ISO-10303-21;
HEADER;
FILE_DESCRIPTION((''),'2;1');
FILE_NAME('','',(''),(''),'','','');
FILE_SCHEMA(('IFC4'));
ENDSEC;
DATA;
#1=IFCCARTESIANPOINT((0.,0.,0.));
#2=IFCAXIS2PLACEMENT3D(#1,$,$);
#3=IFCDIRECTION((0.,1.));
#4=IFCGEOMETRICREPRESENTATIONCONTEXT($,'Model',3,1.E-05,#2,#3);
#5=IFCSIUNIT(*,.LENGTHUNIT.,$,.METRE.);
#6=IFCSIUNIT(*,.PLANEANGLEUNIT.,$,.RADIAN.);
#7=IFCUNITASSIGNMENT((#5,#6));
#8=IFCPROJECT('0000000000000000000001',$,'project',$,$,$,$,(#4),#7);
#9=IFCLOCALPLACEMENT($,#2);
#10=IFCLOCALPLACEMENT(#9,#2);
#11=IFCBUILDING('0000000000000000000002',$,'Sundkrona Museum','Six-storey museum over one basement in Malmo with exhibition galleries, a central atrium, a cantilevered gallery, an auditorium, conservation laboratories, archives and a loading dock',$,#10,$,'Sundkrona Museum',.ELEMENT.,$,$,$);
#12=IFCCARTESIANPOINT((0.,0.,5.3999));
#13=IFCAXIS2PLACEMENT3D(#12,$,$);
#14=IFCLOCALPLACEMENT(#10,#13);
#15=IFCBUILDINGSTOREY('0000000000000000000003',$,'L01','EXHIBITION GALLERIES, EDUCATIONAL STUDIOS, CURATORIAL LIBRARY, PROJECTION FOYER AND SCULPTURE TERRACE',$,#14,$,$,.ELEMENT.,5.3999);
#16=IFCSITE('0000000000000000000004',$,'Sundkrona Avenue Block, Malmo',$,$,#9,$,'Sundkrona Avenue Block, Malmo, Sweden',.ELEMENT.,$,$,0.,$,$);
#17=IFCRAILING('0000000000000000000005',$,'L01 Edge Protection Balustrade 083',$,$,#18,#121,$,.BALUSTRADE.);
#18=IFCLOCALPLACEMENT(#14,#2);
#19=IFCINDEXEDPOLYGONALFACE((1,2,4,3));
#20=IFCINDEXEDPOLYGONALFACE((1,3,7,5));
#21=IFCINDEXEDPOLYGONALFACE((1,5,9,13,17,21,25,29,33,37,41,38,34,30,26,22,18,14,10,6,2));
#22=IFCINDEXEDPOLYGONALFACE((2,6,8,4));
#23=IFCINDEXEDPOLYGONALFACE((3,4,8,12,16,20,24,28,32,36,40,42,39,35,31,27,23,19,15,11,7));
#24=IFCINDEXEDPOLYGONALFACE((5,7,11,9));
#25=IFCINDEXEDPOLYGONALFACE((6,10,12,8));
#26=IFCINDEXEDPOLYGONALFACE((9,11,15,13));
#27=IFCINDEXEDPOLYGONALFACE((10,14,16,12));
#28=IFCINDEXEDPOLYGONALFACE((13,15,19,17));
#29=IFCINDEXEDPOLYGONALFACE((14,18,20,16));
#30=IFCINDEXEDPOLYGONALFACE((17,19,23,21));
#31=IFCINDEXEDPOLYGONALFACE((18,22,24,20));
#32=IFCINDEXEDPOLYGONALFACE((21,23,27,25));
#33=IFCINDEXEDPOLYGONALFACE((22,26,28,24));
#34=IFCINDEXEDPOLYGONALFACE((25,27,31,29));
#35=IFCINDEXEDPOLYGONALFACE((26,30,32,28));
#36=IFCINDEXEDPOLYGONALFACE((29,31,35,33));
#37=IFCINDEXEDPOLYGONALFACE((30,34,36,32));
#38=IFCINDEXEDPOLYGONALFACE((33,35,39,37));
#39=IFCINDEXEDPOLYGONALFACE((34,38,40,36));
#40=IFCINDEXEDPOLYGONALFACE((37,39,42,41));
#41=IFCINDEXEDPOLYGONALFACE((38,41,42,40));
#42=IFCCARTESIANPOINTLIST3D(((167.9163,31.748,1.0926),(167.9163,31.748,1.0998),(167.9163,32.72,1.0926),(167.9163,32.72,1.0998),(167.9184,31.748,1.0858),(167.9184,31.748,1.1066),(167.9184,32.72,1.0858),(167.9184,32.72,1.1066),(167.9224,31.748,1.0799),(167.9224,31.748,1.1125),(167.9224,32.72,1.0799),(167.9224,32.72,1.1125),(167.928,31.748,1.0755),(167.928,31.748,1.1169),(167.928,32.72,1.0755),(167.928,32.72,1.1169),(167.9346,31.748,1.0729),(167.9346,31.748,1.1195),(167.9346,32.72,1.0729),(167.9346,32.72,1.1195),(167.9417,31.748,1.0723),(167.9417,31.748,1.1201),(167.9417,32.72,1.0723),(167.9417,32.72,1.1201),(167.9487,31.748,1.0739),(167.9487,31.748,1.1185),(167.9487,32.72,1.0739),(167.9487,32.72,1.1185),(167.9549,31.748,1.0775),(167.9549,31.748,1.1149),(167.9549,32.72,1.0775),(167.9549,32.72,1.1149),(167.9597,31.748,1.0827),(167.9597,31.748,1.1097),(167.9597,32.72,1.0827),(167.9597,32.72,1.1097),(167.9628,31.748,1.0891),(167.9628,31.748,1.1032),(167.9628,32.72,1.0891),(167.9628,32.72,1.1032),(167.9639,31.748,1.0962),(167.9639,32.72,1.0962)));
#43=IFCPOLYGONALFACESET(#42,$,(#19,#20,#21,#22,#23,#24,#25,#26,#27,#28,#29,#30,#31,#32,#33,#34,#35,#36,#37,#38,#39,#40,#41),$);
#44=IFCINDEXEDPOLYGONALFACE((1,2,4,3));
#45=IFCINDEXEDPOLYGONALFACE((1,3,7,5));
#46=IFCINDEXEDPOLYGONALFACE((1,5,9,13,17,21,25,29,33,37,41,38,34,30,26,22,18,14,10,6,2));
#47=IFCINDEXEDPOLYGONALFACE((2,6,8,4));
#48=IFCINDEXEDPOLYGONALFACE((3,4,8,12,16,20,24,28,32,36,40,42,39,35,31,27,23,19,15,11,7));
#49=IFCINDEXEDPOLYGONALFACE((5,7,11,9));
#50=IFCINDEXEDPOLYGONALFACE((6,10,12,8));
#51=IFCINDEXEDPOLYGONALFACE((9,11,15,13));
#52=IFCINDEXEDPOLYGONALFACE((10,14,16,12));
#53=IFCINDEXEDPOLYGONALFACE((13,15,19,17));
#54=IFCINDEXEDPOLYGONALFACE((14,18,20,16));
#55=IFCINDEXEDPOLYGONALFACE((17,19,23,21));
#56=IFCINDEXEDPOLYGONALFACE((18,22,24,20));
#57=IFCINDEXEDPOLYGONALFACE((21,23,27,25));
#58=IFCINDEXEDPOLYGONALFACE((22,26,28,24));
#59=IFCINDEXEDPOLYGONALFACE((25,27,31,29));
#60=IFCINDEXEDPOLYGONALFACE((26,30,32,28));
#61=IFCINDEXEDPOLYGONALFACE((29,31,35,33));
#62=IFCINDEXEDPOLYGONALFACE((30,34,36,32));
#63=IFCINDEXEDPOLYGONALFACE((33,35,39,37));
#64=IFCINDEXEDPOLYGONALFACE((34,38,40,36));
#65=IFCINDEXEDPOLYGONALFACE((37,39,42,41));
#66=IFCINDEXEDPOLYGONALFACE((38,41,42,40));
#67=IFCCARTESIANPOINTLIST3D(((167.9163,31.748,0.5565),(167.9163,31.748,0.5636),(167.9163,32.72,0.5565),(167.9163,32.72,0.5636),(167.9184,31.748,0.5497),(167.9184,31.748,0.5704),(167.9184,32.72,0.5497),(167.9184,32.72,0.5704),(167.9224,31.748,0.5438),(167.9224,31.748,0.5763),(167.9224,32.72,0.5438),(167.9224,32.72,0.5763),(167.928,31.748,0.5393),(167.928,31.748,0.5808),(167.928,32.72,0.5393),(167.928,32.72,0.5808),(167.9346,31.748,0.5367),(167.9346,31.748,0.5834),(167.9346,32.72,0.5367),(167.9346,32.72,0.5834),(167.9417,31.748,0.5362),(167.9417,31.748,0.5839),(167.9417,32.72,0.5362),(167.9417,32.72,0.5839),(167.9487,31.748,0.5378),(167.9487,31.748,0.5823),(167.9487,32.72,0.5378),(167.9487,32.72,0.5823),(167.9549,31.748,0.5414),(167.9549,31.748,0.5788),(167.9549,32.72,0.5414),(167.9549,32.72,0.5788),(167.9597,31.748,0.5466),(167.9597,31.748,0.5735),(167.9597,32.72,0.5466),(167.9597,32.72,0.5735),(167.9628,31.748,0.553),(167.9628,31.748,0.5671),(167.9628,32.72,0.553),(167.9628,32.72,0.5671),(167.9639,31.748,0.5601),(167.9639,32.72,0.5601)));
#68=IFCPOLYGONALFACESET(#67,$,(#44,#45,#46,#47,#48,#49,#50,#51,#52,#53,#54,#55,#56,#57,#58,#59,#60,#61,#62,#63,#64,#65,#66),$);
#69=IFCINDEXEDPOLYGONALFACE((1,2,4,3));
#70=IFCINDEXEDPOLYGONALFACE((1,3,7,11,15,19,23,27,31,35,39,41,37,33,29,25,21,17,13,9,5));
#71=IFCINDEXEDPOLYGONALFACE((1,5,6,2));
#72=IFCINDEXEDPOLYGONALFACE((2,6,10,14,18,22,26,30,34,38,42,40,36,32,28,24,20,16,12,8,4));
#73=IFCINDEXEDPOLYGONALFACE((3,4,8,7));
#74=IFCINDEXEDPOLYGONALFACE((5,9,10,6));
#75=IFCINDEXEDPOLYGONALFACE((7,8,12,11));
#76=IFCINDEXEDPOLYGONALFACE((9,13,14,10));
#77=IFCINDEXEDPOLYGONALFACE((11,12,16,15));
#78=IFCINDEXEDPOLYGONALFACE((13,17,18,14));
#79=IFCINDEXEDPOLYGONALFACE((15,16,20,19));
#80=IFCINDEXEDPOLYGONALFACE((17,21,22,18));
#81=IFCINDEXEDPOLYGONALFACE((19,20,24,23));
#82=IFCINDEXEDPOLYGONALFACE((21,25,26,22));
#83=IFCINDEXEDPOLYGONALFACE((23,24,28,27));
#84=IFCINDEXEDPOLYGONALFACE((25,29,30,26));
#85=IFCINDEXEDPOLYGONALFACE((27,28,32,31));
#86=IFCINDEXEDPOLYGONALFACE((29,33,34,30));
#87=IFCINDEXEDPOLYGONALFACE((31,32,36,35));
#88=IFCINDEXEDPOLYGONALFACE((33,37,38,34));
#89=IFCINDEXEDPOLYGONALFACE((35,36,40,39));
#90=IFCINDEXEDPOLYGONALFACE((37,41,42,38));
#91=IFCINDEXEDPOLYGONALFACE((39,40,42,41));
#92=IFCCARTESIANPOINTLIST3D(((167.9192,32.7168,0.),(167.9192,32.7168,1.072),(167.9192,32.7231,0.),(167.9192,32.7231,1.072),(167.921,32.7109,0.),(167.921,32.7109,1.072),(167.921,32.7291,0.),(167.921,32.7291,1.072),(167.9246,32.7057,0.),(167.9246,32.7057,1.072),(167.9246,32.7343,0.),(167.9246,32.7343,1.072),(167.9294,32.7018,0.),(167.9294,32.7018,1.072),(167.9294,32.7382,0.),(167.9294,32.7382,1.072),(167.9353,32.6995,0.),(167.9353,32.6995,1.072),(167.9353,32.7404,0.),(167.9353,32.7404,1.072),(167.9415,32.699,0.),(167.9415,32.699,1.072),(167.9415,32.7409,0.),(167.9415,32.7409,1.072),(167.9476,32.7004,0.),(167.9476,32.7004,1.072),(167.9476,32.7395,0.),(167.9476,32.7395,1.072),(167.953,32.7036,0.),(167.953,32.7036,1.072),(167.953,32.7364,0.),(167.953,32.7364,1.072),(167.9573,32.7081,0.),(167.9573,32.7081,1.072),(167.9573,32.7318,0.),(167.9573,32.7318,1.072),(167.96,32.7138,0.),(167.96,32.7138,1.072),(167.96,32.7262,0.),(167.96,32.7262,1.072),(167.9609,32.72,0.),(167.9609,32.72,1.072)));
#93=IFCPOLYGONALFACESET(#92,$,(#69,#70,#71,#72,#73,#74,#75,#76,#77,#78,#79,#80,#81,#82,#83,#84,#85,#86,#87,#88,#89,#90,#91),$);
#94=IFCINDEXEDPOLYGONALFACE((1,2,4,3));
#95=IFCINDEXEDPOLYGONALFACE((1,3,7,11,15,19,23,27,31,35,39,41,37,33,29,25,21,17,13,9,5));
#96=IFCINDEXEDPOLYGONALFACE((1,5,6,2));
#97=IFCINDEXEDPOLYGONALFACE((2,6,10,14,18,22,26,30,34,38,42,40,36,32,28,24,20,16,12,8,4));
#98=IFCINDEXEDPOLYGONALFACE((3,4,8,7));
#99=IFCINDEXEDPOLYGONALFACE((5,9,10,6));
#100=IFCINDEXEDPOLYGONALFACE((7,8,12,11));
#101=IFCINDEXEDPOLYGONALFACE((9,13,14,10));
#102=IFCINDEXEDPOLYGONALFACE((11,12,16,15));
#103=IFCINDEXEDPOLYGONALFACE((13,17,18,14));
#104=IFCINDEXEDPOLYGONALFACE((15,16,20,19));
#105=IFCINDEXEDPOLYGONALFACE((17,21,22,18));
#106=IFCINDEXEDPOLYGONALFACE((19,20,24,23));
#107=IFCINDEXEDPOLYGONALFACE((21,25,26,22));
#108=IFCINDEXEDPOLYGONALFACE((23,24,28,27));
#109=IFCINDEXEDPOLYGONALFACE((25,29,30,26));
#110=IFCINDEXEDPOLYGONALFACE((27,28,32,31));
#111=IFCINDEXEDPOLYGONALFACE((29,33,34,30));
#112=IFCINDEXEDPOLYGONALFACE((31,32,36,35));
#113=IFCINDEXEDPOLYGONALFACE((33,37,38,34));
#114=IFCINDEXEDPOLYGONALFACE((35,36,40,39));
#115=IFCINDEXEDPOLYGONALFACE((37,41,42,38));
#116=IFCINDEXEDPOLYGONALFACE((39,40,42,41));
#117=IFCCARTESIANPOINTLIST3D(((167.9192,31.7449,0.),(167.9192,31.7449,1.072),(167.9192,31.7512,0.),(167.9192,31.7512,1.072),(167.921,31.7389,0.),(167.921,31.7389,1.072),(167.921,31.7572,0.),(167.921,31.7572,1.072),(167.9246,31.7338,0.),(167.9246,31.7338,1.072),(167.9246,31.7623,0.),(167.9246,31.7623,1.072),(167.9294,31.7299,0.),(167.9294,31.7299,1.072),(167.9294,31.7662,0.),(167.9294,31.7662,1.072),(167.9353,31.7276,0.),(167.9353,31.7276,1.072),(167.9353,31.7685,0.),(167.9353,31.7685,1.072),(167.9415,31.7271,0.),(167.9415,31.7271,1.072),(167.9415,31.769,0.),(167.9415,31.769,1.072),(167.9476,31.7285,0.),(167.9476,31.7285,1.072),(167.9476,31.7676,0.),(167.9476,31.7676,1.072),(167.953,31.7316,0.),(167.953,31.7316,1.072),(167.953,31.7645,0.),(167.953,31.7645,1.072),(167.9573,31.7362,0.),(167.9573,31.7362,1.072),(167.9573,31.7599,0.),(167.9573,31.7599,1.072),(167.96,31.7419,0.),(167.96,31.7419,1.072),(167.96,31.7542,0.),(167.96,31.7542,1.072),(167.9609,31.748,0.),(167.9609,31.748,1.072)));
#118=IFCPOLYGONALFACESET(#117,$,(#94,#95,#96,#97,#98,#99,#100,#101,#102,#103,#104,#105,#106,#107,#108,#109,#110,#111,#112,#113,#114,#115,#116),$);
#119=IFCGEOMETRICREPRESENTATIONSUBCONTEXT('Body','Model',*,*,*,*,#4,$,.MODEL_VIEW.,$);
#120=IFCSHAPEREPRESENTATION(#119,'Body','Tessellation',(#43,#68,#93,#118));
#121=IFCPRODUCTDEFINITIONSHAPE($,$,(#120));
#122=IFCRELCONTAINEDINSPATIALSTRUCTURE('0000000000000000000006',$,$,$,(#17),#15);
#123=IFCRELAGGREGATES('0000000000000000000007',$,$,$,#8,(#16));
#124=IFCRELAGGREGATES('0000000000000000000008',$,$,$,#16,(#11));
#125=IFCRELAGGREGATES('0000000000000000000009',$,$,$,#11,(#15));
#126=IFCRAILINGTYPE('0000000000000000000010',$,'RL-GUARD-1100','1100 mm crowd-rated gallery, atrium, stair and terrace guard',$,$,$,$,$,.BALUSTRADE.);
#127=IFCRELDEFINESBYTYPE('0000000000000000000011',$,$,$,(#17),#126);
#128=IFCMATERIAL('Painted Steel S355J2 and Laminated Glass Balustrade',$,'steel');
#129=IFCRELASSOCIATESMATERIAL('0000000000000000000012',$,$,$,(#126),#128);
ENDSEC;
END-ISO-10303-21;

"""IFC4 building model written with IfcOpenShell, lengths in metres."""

from ifc_helpers import new_model, si_unit, direction, frame, origin, origin_2d, place, context, subcontext, project, spatial, circle, extrude, material, type_object, element, save


model = new_model("IFC4")

# Units and contexts
model_context = context("Model", 3, precision=1e-05, world=origin(), true_north=direction((0.0, 1.0)))
body_context = subcontext(model_context, "Body", "Model", "MODEL_VIEW")
ifc_project = project(units=[si_unit("LENGTHUNIT", "METRE"), si_unit("PLANEANGLEUNIT", "RADIAN")], contexts=[model_context])

# Site, building, storey
site_placement = place(None, origin())
site = spatial("IfcSite", under=ifc_project, at=site_placement, Name="Sundkrona Avenue Block, Malmo", LongName="Sundkrona Avenue Block, Malmo, Sweden", CompositionType="ELEMENT", RefElevation=0.0)
building_placement = place(site_placement, origin())
building = spatial("IfcBuilding", under=site, at=building_placement, Name="Sundkrona Museum", Description="Six-storey museum over one basement in Malmo with exhibition galleries, a central atrium, a cantilevered gallery, an auditorium, conservation laboratories, archives and a loading dock", LongName="Sundkrona Museum", CompositionType="ELEMENT")
storey_placement = place(building_placement, frame((0.0, 0.0, 5.3999)))
storey = spatial("IfcBuildingStorey", under=building, at=storey_placement, Name="L01", Description="EXHIBITION GALLERIES, EDUCATIONAL STUDIOS, CURATORIAL LIBRARY, PROJECTION FOYER AND SCULPTURE TERRACE", CompositionType="ELEMENT", Elevation=5.3999)

# Railing
ifc_material_1 = material(Name="Painted Steel S355J2 and Laminated Glass Balustrade", Category="steel")
railing_type_1 = type_object("IfcRailingType", Name="RL-GUARD-1100", Description="1100 mm crowd-rated gallery, atrium, stair and terrace guard", PredefinedType="BALUSTRADE", material=ifc_material_1)
railing_1_placement = place(storey_placement, frame((167.9399, 32.72, 0.0)))
element("IfcRailing", 1, at=railing_1_placement, inside=storey, type_object=railing_type_1, Name="L01 Edge Protection Balustrade 083", PredefinedType="BALUSTRADE", context=body_context, shape_type="SweptSolid", body=[
    extrude(circle(Radius=0.0239, at=origin_2d()), frame((0.0, 0.0, 1.0962), z_axis=(0.0, -1.0, 0.0), x_axis=(1.0, 0.0, 0.0)), (0.0, 0.0, 1.0), 0.9719),
    extrude(circle(Radius=0.0239, at=origin_2d()), frame((0.0, 0.0, 0.5601), z_axis=(0.0, -1.0, 0.0), x_axis=(1.0, 0.0, 0.0)), (0.0, 0.0, 1.0), 0.9719),
    extrude(circle(Radius=0.021, at=origin_2d()), origin(), (0.0, 0.0, 1.0), 1.072),
    extrude(circle(Radius=0.021, at=origin_2d()), frame((0.0, -0.9719, 0.0)), (0.0, 0.0, 1.0), 1.072),
])

save(model, "model.ifc")
